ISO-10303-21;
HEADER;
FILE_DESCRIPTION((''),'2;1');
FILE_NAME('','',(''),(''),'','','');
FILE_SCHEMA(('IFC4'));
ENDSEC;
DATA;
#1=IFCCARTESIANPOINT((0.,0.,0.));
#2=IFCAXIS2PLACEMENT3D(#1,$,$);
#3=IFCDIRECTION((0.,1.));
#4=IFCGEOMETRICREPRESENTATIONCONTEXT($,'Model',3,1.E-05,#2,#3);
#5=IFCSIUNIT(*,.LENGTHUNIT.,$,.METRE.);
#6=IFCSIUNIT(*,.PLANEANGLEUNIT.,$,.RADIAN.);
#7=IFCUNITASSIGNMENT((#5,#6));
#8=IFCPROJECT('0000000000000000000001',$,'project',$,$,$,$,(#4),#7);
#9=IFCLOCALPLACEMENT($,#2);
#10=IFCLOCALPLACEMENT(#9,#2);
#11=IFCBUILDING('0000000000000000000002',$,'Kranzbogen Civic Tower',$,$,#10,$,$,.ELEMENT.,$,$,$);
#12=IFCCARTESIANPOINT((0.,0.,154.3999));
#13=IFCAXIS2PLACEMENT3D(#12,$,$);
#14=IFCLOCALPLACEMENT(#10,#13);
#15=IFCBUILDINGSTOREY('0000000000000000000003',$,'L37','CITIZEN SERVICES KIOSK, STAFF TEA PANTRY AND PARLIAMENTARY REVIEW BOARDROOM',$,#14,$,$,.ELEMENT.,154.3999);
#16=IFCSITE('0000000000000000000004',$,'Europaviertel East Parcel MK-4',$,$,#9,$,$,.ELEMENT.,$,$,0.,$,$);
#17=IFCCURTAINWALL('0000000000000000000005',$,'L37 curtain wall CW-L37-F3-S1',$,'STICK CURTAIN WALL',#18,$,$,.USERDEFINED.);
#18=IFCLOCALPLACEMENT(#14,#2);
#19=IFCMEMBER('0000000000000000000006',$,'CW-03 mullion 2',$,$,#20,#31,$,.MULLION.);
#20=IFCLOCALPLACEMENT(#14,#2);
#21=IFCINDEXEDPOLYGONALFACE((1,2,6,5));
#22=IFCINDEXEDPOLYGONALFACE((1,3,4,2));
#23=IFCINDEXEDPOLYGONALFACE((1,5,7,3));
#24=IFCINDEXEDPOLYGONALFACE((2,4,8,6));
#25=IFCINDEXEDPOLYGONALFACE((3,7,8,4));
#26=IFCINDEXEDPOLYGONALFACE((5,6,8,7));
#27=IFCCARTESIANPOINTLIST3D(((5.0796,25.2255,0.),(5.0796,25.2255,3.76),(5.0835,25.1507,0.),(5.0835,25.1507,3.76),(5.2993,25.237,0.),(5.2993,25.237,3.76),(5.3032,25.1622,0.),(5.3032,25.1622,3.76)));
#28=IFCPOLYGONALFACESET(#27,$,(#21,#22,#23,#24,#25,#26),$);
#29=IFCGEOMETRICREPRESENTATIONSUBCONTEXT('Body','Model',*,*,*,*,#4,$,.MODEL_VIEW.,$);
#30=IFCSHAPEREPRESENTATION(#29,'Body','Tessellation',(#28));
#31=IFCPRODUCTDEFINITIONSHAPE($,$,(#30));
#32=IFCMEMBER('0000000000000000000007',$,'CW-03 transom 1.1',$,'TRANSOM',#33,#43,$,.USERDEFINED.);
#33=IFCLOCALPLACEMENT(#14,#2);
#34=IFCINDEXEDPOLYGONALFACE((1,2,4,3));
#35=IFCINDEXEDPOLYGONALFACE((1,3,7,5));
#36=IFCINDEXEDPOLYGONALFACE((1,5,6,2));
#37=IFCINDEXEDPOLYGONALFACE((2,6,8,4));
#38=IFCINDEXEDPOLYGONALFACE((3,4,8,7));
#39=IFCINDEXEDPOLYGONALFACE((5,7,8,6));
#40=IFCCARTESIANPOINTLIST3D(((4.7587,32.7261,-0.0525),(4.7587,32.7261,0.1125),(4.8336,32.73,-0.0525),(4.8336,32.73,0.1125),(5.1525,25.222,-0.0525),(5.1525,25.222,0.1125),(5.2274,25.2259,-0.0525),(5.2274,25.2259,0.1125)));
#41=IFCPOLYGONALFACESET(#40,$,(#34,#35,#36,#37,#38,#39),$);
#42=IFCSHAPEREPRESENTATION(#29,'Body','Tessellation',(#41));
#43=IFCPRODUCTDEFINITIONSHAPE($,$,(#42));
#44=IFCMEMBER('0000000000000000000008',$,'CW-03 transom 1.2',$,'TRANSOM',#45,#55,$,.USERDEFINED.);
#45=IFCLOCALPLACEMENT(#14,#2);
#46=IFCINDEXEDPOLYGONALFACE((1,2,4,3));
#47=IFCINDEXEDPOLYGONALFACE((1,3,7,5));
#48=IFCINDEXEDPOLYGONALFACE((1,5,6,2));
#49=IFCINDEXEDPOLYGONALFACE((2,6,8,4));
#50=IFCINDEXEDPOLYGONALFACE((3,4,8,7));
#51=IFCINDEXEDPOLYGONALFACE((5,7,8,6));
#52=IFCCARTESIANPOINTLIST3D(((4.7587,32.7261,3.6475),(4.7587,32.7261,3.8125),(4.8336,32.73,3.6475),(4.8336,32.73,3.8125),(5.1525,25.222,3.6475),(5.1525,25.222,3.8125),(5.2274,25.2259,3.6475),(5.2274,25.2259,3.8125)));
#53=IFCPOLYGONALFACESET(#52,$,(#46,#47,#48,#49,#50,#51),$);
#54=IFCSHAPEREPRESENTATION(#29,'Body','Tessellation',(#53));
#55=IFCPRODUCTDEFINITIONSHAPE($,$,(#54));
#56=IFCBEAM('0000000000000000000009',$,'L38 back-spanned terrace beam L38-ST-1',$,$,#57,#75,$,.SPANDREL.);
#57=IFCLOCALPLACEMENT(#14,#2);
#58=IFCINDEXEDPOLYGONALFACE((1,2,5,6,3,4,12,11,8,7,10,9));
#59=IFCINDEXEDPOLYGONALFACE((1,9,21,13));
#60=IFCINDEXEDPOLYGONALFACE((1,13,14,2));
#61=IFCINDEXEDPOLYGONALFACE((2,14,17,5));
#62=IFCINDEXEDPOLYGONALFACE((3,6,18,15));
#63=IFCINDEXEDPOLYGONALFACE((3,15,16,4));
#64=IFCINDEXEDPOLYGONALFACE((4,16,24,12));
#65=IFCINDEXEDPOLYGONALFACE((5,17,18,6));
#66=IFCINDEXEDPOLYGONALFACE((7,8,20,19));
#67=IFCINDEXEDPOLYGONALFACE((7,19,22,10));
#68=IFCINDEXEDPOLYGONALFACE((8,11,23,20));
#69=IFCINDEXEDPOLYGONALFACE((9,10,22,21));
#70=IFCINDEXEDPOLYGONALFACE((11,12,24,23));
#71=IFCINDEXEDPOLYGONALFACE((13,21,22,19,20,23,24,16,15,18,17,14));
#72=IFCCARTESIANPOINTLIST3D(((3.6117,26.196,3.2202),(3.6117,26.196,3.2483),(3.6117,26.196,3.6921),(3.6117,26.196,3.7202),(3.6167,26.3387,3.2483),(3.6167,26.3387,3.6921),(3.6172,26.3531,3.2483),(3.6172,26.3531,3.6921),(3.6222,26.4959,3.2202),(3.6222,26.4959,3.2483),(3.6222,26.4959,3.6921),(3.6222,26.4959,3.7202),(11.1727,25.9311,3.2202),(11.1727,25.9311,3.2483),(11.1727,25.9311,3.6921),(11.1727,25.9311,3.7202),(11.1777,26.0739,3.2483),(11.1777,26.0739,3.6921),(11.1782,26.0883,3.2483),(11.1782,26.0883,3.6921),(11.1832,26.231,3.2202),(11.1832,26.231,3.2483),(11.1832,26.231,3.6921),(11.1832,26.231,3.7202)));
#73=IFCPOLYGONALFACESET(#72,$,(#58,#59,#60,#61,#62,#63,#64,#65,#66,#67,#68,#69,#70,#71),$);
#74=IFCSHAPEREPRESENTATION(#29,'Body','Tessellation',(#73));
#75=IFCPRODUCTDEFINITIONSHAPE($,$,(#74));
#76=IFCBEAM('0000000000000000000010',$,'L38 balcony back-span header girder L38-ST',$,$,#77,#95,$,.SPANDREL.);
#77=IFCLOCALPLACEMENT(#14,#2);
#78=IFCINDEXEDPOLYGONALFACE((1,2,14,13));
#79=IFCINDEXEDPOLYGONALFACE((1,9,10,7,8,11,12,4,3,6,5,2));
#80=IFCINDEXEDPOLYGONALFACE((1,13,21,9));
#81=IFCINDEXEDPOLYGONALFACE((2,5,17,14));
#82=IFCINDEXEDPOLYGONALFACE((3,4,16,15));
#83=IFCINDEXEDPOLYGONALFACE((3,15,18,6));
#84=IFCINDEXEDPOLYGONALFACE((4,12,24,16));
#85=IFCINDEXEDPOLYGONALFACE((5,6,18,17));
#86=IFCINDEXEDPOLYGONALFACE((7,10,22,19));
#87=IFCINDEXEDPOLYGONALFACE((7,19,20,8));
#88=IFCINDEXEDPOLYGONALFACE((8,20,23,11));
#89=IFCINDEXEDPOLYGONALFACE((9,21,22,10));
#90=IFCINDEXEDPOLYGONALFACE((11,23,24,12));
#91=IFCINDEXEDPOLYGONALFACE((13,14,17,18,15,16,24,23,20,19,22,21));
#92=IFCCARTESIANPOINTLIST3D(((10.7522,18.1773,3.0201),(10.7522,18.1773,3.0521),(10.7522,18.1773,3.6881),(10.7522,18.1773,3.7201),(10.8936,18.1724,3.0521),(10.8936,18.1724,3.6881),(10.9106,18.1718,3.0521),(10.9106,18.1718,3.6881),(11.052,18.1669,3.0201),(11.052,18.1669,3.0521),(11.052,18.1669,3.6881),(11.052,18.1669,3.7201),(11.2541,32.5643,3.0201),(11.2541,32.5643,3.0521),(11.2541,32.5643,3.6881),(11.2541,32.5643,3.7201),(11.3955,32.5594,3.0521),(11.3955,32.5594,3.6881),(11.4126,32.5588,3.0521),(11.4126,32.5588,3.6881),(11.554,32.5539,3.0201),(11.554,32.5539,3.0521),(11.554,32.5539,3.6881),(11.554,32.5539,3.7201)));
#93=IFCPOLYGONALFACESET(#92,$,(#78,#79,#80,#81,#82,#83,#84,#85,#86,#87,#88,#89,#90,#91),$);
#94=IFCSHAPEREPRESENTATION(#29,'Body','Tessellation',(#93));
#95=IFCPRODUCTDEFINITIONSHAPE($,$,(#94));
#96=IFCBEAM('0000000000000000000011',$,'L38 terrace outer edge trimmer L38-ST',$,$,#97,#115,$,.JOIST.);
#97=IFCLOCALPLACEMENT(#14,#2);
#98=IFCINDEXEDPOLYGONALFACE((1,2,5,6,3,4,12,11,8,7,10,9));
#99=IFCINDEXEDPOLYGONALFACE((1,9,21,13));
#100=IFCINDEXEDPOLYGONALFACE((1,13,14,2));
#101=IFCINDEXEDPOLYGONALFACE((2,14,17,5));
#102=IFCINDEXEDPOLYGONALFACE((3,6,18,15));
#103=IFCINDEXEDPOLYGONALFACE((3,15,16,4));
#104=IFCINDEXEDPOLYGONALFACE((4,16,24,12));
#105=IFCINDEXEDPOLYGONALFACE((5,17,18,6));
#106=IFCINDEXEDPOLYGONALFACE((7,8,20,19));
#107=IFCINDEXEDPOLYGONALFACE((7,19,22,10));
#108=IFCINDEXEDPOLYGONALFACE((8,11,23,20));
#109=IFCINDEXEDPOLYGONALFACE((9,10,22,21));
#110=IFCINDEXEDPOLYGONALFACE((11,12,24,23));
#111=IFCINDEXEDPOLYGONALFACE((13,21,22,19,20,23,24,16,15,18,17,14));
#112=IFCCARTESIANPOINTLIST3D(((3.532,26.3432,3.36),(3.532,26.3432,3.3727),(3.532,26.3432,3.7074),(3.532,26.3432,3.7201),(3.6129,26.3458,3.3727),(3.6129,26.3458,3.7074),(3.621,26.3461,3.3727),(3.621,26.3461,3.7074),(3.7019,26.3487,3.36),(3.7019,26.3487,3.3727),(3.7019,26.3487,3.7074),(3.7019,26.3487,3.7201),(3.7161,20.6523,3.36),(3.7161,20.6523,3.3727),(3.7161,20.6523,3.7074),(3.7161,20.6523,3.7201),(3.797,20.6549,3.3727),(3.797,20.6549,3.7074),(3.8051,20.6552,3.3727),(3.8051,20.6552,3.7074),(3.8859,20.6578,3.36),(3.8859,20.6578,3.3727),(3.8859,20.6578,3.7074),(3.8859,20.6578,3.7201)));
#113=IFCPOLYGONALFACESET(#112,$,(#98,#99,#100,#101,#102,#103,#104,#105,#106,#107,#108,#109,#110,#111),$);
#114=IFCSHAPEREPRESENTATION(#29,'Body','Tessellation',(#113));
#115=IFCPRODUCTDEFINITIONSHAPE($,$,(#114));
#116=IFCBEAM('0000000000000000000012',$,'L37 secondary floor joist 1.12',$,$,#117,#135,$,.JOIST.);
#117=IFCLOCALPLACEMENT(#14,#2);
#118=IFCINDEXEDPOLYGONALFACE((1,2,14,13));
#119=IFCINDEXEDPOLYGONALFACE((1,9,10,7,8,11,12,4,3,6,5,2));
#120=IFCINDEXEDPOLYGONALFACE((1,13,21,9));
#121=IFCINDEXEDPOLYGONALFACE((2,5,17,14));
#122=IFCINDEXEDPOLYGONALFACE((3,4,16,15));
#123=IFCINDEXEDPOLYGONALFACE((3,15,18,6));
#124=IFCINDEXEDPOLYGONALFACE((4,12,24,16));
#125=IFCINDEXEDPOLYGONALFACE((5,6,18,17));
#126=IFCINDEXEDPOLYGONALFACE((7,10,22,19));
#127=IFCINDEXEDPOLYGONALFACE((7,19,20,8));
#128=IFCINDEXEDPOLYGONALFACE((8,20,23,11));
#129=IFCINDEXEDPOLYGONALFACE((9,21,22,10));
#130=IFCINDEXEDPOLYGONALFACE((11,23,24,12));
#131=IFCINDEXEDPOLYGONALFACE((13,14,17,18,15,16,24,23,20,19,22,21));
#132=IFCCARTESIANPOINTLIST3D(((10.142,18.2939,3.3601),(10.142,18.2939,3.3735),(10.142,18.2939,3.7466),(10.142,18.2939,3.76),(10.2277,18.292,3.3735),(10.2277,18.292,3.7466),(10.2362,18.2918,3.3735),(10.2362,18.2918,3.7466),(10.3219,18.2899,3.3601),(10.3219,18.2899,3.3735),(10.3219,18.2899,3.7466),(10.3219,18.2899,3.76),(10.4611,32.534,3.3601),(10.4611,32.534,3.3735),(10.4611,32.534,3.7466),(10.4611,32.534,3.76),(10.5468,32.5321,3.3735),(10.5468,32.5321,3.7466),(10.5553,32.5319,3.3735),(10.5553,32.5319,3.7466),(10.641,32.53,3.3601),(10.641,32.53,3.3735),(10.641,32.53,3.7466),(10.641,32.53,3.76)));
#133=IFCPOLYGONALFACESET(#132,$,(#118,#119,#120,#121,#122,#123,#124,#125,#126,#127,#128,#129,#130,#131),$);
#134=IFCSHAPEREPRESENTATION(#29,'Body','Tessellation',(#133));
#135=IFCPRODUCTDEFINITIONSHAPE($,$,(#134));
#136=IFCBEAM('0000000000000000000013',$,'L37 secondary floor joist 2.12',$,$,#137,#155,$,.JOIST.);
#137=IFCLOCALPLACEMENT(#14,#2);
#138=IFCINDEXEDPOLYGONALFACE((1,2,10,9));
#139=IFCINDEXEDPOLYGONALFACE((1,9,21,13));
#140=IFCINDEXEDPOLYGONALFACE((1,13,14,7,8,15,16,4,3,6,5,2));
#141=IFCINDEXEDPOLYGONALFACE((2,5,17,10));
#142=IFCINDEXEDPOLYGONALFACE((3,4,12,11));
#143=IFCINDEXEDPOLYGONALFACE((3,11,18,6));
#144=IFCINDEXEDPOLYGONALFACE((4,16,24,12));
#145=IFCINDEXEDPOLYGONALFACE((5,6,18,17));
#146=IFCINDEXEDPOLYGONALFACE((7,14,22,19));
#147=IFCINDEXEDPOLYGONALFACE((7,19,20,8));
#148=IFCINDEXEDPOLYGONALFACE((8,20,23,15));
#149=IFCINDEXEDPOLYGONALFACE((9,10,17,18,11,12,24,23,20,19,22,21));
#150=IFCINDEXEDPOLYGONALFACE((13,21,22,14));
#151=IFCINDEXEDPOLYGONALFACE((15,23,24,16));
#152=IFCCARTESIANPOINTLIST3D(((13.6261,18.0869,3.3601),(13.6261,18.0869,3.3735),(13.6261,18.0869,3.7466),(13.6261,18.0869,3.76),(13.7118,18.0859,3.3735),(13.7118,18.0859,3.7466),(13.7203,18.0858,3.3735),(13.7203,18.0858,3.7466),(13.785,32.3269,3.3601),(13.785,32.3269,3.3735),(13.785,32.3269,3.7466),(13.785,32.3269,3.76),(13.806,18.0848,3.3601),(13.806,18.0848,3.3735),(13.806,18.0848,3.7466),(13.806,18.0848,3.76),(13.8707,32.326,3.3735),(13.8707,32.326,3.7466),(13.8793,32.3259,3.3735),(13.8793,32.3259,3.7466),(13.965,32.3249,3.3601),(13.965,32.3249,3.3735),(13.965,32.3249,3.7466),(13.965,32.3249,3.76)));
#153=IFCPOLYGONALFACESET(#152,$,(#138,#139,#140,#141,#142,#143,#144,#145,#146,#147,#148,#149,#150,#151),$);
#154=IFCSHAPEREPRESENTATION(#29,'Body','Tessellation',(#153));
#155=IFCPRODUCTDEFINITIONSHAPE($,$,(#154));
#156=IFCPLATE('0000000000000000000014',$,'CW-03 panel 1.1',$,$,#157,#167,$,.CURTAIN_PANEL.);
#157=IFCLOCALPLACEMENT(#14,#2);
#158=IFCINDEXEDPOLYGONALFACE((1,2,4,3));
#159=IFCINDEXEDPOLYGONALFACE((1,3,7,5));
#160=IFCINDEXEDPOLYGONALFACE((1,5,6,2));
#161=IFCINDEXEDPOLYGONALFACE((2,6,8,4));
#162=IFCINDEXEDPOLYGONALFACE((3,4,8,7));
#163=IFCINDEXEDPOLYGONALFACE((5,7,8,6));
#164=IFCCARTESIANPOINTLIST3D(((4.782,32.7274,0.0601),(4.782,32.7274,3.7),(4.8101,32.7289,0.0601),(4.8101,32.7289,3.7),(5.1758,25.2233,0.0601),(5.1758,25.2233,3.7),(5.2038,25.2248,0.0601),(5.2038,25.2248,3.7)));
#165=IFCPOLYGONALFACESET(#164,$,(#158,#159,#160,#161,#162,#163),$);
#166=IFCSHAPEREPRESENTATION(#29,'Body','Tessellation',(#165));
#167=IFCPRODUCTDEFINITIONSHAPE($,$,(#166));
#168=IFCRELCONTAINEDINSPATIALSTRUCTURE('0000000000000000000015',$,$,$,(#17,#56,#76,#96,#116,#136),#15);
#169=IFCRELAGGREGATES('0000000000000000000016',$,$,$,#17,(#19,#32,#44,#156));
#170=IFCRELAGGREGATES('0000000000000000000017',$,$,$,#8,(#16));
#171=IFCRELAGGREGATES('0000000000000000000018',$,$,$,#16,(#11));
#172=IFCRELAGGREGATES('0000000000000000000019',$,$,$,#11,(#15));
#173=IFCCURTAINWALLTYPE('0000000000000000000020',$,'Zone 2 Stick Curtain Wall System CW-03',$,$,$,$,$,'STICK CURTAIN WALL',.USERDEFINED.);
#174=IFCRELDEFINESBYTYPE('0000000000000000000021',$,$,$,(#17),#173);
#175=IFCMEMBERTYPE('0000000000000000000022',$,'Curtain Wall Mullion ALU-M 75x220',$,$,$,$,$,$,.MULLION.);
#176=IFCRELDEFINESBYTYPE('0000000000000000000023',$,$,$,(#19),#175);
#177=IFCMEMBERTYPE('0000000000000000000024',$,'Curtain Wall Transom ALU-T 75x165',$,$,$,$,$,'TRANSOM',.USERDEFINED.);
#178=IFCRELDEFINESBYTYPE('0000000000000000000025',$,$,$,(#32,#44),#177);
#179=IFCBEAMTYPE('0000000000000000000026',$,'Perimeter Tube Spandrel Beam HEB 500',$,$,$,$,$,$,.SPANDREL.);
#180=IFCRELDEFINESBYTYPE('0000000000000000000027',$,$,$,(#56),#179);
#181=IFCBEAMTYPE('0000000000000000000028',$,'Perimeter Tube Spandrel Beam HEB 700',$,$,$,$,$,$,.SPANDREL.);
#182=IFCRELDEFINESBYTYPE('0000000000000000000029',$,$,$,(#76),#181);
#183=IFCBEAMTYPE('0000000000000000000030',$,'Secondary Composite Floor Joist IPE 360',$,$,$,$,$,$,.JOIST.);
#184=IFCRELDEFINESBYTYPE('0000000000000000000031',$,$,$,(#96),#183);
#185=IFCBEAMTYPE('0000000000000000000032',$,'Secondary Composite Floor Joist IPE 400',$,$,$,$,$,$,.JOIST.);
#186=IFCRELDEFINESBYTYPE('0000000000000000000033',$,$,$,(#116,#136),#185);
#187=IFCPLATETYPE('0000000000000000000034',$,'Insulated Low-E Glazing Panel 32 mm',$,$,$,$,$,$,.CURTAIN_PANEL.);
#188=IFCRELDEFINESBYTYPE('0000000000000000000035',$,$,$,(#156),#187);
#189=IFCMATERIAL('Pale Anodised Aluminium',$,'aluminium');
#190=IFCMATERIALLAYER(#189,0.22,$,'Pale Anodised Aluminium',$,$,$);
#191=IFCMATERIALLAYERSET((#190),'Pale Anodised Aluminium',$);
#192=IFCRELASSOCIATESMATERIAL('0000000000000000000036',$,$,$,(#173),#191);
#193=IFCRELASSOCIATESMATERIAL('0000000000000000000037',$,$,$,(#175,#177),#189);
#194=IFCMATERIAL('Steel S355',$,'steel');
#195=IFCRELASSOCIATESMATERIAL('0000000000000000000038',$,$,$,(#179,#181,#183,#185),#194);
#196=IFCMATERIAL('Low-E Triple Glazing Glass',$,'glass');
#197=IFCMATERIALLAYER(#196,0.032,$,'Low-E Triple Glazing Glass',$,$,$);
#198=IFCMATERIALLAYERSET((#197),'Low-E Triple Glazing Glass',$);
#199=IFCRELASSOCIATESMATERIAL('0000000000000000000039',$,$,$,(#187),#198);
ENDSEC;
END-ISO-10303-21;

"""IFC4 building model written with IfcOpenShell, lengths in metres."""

from ifc_helpers import new_model, si_unit, direction, frame, origin, origin_2d, place, context, subcontext, project, spatial, rectangle, i_section, extrude, material, layer, layer_set, material_profile, profile_set, type_object, element, aggregate, save


model = new_model("IFC4")

# Units and contexts
model_context = context("Model", 3, precision=1e-05, world=origin(), true_north=direction((0.0, 1.0)))
body_context = subcontext(model_context, "Body", "Model", "MODEL_VIEW")
ifc_project = project(units=[si_unit("LENGTHUNIT", "METRE"), si_unit("PLANEANGLEUNIT", "RADIAN")], contexts=[model_context])

# Site, building, storey
site_placement = place(None, origin())
site = spatial("IfcSite", under=ifc_project, at=site_placement, Name="Europaviertel East Parcel MK-4", CompositionType="ELEMENT", RefElevation=0.0)
building_placement = place(site_placement, origin())
building = spatial("IfcBuilding", under=site, at=building_placement, Name="Kranzbogen Civic Tower", CompositionType="ELEMENT")
storey_placement = place(building_placement, frame((0.0, 0.0, 154.3999)))
storey = spatial("IfcBuildingStorey", under=building, at=storey_placement, Name="L37", Description="CITIZEN SERVICES KIOSK, STAFF TEA PANTRY AND PARLIAMENTARY REVIEW BOARDROOM", CompositionType="ELEMENT", Elevation=154.3999)

# Curtain wall, members
ifc_material_1 = material(Name="Pale Anodised Aluminium", Category="aluminium")
ifc_layer_1 = layer(ifc_material_1, 0.22, Name="Pale Anodised Aluminium")
ifc_layer_set_1 = layer_set([ifc_layer_1], Name="Pale Anodised Aluminium")
curtain_wall_type = type_object("IfcCurtainWallType", Name="Zone 2 Stick Curtain Wall System CW-03", ElementType="STICK CURTAIN WALL", PredefinedType="USERDEFINED", material=ifc_layer_set_1)
curtain_wall_placement = place(storey_placement, origin())
curtain_wall = element("IfcCurtainWall", 1, at=curtain_wall_placement, inside=storey, type_object=curtain_wall_type, Name="L37 curtain wall CW-L37-F3-S1", ObjectType="STICK CURTAIN WALL", PredefinedType="USERDEFINED")
ifc_material_profile_1 = material_profile(ifc_material_1, rectangle(XDim=0.075, YDim=0.22, at=origin_2d()), Name="ALU-M 75x220")
ifc_profile_set_1 = profile_set([ifc_material_profile_1], Name="Pale Anodised Aluminium")
member_type_1 = type_object("IfcMemberType", Name="Curtain Wall Mullion ALU-M 75x220", PredefinedType="MULLION", material=ifc_profile_set_1)
member_1_placement = place(storey_placement, frame((5.1914, 25.1938, 0.0), z_axis=(0.0, 0.0, 1.0), x_axis=(0.052394, -0.998626, 0.0)))
member_1 = element("IfcMember", 2, at=member_1_placement, type_object=member_type_1, Name="CW-03 mullion 2", PredefinedType="MULLION", context=body_context, shape_type="SweptSolid", body=[
    extrude(rectangle(XDim=0.075, YDim=0.22, at=origin_2d()), origin(), (0.0, 0.0, 1.0), 3.76),
])
ifc_material_profile_2 = material_profile(ifc_material_1, rectangle(XDim=0.075, YDim=0.165, at=origin_2d()), Name="ALU-T 75x165")
ifc_profile_set_2 = profile_set([ifc_material_profile_2], Name="Pale Anodised Aluminium")
member_type_2 = type_object("IfcMemberType", Name="Curtain Wall Transom ALU-T 75x165", ElementType="TRANSOM", PredefinedType="USERDEFINED", material=ifc_profile_set_2)
member_2_placement = place(storey_placement, frame((4.7961, 32.728, 0.03), z_axis=(0.052405, -0.998626, 0.0), x_axis=(0.998626, 0.052405, 0.0)))
member_2 = element("IfcMember", 3, at=member_2_placement, type_object=member_type_2, Name="CW-03 transom 1.1", ObjectType="TRANSOM", PredefinedType="USERDEFINED", context=body_context, shape_type="SweptSolid", body=[
    extrude(rectangle(XDim=0.075, YDim=0.165, at=origin_2d()), origin(), (0.0, 0.0, 1.0), 7.5144),
])
member_3_placement = place(storey_placement, frame((4.7961, 32.728, 3.73), z_axis=(0.052405, -0.998626, 0.0), x_axis=(0.998626, 0.052405, 0.0)))
member_3 = element("IfcMember", 4, at=member_3_placement, type_object=member_type_2, Name="CW-03 transom 1.2", ObjectType="TRANSOM", PredefinedType="USERDEFINED", context=body_context, shape_type="SweptSolid", body=[
    extrude(rectangle(XDim=0.075, YDim=0.165, at=origin_2d()), origin(), (0.0, 0.0, 1.0), 7.5144),
])

# Beams
ifc_material_2 = material(Name="Steel S355", Category="steel")
ifc_material_profile_3 = material_profile(ifc_material_2, i_section(OverallWidth=0.3, OverallDepth=0.5, WebThickness=0.0144, FlangeThickness=0.0281, at=origin_2d()), Name="HEB 500")
ifc_profile_set_3 = profile_set([ifc_material_profile_3], Name="Steel S355")
beam_type_1 = type_object("IfcBeamType", Name="Perimeter Tube Spandrel Beam HEB 500", PredefinedType="SPANDREL", material=ifc_profile_set_3)
beam_1_placement = place(storey_placement, frame((11.178, 26.0811, 3.4702), z_axis=(-0.999387, 0.035012, 0.0), x_axis=(-0.035012, -0.999387, 0.0)))
element("IfcBeam", 5, at=beam_1_placement, inside=storey, type_object=beam_type_1, Name="L38 back-spanned terrace beam L38-ST-1", PredefinedType="SPANDREL", context=body_context, shape_type="SweptSolid", body=[
    extrude(i_section(OverallWidth=0.3, OverallDepth=0.5, WebThickness=0.0144, FlangeThickness=0.0281, at=origin_2d()), origin(), (0.0, 0.0, 1.0), 7.5657),
])
ifc_material_profile_4 = material_profile(ifc_material_2, i_section(OverallWidth=0.3, OverallDepth=0.7, WebThickness=0.0171, FlangeThickness=0.032, at=origin_2d()), Name="HEB 700")
ifc_profile_set_4 = profile_set([ifc_material_profile_4], Name="Steel S355")
beam_type_2 = type_object("IfcBeamType", Name="Perimeter Tube Spandrel Beam HEB 700", PredefinedType="SPANDREL", material=ifc_profile_set_4)
beam_2_placement = place(storey_placement, frame((11.4041, 32.5591, 3.3701), z_axis=(-0.034868, -0.999392, 0.0), x_axis=(0.999392, -0.034868, 0.0)))
element("IfcBeam", 6, at=beam_2_placement, inside=storey, type_object=beam_type_2, Name="L38 balcony back-span header girder L38-ST", PredefinedType="SPANDREL", context=body_context, shape_type="SweptSolid", body=[
    extrude(i_section(OverallWidth=0.3, OverallDepth=0.7, WebThickness=0.0171, FlangeThickness=0.032, at=origin_2d()), origin(), (0.0, 0.0, 1.0), 14.3958),
])
ifc_material_profile_5 = material_profile(ifc_material_2, i_section(OverallWidth=0.1699, OverallDepth=0.3601, WebThickness=0.0081, FlangeThickness=0.0127, at=origin_2d()), Name="IPE 360")
ifc_profile_set_5 = profile_set([ifc_material_profile_5], Name="Steel S355")
beam_type_3 = type_object("IfcBeamType", Name="Secondary Composite Floor Joist IPE 360", PredefinedType="JOIST", material=ifc_profile_set_5)
beam_3_placement = place(storey_placement, frame((3.6169, 26.3459, 3.54), z_axis=(0.03233, -0.999477, 0.0), x_axis=(0.999477, 0.03233, 0.0)))
element("IfcBeam", 7, at=beam_3_placement, inside=storey, type_object=beam_type_3, Name="L38 terrace outer edge trimmer L38-ST", PredefinedType="JOIST", context=body_context, shape_type="SweptSolid", body=[
    extrude(i_section(OverallWidth=0.1699, OverallDepth=0.3601, WebThickness=0.0081, FlangeThickness=0.0127, at=origin_2d()), origin(), (0.0, 0.0, 1.0), 5.6938),
])
ifc_material_profile_6 = material_profile(ifc_material_2, i_section(OverallWidth=0.1799, OverallDepth=0.3999, WebThickness=0.0085, FlangeThickness=0.0134, at=origin_2d()), Name="IPE 400")
ifc_profile_set_6 = profile_set([ifc_material_profile_6], Name="Steel S355")
beam_type_4 = type_object("IfcBeamType", Name="Secondary Composite Floor Joist IPE 400", PredefinedType="JOIST", material=ifc_profile_set_6)
beam_4_placement = place(storey_placement, frame((10.551, 32.532, 3.5601), z_axis=(-0.022403, -0.999749, 0.0), x_axis=(0.999749, -0.022403, 0.0)))
element("IfcBeam", 8, at=beam_4_placement, inside=storey, type_object=beam_type_4, Name="L37 secondary floor joist 1.12", PredefinedType="JOIST", context=body_context, shape_type="SweptSolid", body=[
    extrude(i_section(OverallWidth=0.1799, OverallDepth=0.3999, WebThickness=0.0085, FlangeThickness=0.0134, at=origin_2d()), origin(), (0.0, 0.0, 1.0), 14.2437),
])
beam_5_placement = place(storey_placement, frame((13.875, 32.3259, 3.5601), z_axis=(-0.011161, -0.999938, 0.0), x_axis=(0.999938, -0.011161, 0.0)))
element("IfcBeam", 9, at=beam_5_placement, inside=storey, type_object=beam_type_4, Name="L37 secondary floor joist 2.12", PredefinedType="JOIST", context=body_context, shape_type="SweptSolid", body=[
    extrude(i_section(OverallWidth=0.1799, OverallDepth=0.3999, WebThickness=0.0085, FlangeThickness=0.0134, at=origin_2d()), origin(), (0.0, 0.0, 1.0), 14.241),
])

# Plate
ifc_material_3 = material(Name="Low-E Triple Glazing Glass", Category="glass")
ifc_layer_2 = layer(ifc_material_3, 0.032, Name="Low-E Triple Glazing Glass")
ifc_layer_set_2 = layer_set([ifc_layer_2], Name="Low-E Triple Glazing Glass")
plate_type = type_object("IfcPlateType", Name="Insulated Low-E Glazing Panel 32 mm", PredefinedType="CURTAIN_PANEL", material=ifc_layer_set_2)
plate_placement = place(storey_placement, frame((4.9929, 28.9761, 0.0601), z_axis=(0.0, 0.0, 1.0), x_axis=(0.052394, -0.998626, 0.0)))
plate = element("IfcPlate", 10, at=plate_placement, type_object=plate_type, Name="CW-03 panel 1.1", PredefinedType="CURTAIN_PANEL", context=body_context, shape_type="SweptSolid", body=[
    extrude(rectangle(XDim=7.5144, YDim=0.0281, at=origin_2d()), origin(), (0.0, 0.0, 1.0), 3.6399),
])
aggregate(curtain_wall, [member_1, member_2, member_3, plate])

save(model, "model.ifc")
